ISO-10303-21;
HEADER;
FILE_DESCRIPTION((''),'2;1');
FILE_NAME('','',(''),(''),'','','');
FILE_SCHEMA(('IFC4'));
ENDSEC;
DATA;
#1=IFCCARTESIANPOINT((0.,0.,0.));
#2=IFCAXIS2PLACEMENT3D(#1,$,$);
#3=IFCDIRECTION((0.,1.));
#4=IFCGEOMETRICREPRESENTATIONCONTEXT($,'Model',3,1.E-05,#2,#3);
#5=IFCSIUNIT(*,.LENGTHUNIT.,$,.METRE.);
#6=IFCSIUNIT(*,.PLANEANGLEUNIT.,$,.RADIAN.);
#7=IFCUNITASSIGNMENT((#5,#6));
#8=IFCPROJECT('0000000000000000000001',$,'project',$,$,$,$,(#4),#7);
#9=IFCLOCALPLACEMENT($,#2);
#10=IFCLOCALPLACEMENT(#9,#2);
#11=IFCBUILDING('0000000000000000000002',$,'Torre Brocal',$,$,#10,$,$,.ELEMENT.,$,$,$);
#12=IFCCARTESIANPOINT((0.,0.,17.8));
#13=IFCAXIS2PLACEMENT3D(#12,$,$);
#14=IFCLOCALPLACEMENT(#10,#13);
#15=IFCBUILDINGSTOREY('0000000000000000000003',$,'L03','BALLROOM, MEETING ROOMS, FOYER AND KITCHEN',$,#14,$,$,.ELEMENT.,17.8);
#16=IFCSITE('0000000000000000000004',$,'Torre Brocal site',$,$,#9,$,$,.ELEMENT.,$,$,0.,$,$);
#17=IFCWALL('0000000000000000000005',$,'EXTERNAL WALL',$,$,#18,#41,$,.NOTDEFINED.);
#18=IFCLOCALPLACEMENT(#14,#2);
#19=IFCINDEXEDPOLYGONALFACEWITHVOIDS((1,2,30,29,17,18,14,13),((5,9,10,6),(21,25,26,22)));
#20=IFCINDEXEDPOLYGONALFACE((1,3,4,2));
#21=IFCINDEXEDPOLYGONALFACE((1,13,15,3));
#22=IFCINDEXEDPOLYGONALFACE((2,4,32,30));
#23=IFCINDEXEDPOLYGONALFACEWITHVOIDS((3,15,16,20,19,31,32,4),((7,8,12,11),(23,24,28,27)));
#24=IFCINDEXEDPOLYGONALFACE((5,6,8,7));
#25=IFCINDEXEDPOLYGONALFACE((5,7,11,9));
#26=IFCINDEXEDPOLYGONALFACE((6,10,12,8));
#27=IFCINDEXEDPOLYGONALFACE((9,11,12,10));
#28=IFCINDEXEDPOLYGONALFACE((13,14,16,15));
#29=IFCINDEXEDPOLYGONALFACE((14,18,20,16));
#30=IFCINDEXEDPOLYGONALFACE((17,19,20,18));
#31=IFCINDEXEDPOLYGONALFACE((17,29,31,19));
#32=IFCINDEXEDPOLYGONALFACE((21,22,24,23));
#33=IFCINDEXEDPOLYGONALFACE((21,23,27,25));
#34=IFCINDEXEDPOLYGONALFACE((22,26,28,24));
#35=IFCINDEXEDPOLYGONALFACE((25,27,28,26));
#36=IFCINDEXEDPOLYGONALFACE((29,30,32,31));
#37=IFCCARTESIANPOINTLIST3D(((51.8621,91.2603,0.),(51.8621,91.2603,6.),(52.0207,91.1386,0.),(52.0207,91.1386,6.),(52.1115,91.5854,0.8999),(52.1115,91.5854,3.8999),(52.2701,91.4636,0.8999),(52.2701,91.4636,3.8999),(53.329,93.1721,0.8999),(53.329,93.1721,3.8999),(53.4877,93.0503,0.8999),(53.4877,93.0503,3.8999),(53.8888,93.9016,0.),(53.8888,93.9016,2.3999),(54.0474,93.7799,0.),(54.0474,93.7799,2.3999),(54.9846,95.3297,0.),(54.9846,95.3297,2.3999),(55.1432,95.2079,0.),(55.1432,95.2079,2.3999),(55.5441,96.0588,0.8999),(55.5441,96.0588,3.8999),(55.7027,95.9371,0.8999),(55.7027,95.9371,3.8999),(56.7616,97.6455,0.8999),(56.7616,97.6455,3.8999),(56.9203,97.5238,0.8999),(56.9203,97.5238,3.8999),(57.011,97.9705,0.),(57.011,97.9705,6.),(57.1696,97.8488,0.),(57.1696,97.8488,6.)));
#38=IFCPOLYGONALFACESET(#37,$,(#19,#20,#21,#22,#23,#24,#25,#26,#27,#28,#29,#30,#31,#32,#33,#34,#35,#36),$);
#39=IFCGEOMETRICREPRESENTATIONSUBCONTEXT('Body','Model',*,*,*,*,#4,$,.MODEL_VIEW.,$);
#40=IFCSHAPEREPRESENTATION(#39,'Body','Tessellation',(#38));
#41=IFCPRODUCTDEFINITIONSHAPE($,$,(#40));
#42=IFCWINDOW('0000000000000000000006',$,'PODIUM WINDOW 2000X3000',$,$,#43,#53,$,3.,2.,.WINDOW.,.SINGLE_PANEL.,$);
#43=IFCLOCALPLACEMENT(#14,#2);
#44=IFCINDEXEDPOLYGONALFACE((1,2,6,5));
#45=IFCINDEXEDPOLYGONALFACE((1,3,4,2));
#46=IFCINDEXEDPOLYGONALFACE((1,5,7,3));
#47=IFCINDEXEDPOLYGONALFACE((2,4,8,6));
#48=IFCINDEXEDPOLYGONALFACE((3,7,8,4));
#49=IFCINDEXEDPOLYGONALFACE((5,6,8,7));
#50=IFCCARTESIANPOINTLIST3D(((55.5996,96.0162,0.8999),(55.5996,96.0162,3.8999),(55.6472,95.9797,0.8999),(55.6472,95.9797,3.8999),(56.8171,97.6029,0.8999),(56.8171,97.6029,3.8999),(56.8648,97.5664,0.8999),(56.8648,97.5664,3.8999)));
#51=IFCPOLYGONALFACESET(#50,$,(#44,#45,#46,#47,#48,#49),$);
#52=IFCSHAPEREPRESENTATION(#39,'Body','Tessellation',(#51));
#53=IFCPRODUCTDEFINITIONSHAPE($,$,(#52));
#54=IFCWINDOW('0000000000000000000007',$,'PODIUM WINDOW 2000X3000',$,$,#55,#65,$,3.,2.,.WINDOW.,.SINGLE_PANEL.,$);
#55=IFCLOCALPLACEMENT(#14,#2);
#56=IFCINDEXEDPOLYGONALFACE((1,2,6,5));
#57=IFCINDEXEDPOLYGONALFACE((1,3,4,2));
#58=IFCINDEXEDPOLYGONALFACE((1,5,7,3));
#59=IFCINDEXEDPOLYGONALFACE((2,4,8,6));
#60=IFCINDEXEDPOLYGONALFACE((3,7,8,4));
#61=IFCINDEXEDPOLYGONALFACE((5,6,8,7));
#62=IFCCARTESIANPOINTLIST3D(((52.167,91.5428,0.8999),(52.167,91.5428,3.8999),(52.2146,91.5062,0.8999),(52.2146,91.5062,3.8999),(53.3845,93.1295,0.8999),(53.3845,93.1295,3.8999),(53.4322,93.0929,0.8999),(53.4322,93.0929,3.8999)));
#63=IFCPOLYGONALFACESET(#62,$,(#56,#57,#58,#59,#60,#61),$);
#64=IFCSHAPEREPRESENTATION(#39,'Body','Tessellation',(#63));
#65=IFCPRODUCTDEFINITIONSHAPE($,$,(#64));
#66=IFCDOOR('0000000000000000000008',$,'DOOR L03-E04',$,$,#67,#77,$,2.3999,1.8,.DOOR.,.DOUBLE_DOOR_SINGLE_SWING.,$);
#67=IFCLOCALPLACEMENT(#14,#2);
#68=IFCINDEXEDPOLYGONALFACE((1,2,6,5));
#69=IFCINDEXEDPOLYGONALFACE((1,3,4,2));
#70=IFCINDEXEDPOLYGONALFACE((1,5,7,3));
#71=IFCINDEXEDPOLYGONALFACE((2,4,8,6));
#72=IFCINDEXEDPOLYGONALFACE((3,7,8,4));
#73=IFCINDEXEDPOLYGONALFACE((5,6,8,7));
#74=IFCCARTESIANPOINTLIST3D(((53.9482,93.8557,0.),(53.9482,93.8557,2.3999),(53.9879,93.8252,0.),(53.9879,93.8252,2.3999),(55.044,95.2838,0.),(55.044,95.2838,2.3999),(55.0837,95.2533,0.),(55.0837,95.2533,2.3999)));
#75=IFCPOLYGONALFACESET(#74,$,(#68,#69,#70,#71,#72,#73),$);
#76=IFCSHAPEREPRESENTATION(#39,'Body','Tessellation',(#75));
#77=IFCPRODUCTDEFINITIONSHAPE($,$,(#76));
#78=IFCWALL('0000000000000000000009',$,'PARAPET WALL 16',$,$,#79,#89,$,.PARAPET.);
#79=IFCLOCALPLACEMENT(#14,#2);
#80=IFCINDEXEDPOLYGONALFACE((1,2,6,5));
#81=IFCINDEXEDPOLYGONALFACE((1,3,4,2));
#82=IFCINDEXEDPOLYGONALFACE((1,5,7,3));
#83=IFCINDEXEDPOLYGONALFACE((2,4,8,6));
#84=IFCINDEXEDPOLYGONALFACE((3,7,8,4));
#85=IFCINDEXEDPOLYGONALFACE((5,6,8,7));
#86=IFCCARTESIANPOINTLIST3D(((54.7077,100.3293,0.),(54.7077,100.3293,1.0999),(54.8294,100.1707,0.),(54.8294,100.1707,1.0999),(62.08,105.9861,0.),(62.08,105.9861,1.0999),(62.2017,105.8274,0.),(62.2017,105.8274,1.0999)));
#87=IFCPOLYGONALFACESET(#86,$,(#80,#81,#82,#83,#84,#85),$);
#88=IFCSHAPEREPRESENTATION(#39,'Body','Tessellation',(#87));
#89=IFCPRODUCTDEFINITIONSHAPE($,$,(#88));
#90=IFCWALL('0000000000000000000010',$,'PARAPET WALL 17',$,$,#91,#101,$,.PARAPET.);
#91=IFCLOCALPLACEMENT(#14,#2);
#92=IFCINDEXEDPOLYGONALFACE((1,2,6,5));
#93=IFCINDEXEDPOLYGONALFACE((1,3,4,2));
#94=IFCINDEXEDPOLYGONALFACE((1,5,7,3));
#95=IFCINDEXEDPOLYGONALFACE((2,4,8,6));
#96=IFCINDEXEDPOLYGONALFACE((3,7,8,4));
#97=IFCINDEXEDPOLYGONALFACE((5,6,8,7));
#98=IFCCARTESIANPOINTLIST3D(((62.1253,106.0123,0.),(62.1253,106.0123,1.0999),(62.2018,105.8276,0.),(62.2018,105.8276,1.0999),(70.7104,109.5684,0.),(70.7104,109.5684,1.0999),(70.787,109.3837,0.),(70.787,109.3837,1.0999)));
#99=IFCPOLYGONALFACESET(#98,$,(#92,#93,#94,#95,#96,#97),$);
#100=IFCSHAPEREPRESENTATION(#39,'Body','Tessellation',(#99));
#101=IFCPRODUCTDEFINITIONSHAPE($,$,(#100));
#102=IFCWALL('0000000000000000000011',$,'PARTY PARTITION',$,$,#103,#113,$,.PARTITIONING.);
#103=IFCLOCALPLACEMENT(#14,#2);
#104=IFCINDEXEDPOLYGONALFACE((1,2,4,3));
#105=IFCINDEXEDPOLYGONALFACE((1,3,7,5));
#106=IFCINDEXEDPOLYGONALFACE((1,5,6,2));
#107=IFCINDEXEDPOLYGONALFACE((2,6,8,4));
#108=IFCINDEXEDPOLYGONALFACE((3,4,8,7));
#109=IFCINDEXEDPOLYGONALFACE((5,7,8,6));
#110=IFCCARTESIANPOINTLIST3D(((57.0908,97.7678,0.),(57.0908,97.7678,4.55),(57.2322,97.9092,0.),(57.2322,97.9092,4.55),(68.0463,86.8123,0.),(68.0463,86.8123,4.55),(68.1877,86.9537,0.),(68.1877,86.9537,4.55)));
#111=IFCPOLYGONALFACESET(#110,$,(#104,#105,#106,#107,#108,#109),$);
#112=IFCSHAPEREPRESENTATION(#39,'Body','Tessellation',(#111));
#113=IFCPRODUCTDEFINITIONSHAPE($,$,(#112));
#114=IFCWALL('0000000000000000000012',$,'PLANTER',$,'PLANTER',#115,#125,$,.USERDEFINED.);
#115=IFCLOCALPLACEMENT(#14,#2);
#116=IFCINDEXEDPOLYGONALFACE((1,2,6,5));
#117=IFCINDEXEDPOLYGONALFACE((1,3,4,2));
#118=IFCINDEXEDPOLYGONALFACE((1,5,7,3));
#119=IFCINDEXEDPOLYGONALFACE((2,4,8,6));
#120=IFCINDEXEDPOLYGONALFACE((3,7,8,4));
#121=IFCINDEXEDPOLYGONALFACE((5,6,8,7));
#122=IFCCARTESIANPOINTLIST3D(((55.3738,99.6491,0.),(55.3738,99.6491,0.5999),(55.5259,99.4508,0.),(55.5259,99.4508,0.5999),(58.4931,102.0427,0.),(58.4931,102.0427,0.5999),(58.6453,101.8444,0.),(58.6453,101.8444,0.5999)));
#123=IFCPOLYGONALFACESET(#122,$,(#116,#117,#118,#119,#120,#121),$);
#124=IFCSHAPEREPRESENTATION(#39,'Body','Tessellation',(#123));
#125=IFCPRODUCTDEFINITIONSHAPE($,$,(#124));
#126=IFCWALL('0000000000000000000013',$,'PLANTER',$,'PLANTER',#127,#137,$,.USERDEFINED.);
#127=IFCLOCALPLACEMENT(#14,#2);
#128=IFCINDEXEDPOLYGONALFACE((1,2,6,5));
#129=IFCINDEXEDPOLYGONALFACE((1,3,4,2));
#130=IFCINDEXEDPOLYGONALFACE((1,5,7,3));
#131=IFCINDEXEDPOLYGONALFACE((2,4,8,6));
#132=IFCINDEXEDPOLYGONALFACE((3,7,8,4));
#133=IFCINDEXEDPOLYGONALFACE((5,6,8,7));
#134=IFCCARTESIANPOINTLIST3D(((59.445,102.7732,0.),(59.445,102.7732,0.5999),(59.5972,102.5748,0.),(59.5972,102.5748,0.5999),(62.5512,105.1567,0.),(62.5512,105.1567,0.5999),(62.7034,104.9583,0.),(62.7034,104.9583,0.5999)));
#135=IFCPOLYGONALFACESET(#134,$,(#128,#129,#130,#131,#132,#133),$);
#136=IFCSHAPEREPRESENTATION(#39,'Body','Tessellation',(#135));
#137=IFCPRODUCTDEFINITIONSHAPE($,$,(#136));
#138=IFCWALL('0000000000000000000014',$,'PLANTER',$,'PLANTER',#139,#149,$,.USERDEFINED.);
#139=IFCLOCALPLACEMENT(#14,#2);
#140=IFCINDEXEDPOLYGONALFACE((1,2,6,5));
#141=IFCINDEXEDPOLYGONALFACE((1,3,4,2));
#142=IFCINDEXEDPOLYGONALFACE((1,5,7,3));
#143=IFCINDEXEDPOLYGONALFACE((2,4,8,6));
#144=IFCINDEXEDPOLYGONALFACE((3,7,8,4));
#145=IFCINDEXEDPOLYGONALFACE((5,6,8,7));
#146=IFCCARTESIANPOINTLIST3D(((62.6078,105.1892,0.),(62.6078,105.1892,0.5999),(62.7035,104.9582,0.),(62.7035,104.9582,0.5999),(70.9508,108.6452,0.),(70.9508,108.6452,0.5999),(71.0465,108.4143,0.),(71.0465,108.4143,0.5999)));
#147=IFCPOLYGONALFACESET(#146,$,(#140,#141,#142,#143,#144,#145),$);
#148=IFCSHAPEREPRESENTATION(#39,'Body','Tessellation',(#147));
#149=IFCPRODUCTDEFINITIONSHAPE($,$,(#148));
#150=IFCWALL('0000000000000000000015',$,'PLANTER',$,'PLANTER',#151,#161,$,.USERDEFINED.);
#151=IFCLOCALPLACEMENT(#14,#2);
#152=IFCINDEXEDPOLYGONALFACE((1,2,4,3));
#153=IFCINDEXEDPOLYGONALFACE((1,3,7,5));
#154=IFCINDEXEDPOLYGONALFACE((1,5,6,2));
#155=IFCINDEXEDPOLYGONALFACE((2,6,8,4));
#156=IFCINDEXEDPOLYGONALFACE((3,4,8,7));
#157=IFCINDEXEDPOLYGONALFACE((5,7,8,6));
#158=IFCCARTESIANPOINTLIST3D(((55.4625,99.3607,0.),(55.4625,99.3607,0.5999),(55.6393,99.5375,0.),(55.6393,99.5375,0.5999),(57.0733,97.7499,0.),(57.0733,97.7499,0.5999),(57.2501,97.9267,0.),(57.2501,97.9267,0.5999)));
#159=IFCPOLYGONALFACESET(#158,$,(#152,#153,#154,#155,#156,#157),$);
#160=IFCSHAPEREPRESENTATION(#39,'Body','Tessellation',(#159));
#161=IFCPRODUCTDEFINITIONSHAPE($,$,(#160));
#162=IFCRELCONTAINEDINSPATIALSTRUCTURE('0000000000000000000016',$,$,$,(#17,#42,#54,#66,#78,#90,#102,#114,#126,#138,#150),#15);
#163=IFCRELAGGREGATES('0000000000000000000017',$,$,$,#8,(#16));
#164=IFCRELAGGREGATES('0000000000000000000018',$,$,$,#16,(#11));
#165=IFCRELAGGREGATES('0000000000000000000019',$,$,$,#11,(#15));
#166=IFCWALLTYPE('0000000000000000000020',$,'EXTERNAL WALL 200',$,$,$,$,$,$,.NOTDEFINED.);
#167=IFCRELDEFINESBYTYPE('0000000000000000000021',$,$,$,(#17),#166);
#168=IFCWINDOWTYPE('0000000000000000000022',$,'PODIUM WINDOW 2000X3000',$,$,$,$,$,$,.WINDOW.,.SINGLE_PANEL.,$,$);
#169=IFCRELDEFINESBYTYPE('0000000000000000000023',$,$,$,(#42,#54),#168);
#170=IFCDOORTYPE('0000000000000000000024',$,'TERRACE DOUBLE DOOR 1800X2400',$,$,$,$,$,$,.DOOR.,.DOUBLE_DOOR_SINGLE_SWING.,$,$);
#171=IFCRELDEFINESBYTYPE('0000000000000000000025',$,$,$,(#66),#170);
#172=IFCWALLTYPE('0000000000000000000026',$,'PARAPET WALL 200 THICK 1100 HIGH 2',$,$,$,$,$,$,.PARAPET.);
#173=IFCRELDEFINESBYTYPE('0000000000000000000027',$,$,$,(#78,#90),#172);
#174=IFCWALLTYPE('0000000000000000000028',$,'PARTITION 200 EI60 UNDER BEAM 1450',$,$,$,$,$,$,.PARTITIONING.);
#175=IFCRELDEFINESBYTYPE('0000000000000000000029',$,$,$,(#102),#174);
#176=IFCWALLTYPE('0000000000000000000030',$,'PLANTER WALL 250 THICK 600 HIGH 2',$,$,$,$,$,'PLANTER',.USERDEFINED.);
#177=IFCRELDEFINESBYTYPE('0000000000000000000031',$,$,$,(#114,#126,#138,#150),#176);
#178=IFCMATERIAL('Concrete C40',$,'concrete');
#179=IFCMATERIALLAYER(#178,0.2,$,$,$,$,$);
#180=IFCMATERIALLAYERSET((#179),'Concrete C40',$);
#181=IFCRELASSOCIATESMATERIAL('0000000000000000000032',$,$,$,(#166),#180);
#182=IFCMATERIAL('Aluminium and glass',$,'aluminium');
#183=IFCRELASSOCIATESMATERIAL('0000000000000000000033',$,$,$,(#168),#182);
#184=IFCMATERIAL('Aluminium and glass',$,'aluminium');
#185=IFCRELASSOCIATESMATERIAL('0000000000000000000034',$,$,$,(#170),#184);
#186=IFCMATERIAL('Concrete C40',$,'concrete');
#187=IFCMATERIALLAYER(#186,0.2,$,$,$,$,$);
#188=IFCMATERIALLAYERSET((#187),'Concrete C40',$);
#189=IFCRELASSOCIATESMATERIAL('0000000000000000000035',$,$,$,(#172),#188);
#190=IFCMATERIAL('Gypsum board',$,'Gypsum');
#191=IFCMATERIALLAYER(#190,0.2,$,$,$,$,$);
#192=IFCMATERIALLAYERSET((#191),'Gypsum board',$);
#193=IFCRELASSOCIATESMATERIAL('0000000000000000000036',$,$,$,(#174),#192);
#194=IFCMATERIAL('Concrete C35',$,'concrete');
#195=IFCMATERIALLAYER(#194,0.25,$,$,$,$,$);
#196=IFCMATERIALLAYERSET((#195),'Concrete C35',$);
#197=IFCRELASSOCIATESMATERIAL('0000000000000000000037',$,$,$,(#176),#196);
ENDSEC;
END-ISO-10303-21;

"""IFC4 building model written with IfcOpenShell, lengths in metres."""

from ifc_helpers import new_model, si_unit, direction, frame, frame_2d, origin, place, context, subcontext, project, spatial, rectangle, extrude, material, layer, layer_set, type_object, element, fill, save


model = new_model("IFC4")

# Units and contexts
model_context = context("Model", 3, precision=1e-05, world=origin(), true_north=direction((0.0, 1.0)))
body_context = subcontext(model_context, "Body", "Model", "MODEL_VIEW")
ifc_project = project(units=[si_unit("LENGTHUNIT", "METRE"), si_unit("PLANEANGLEUNIT", "RADIAN")], contexts=[model_context])

# Site, building, storey
site_placement = place(None, origin())
site = spatial("IfcSite", under=ifc_project, at=site_placement, Name="Torre Brocal site", CompositionType="ELEMENT", RefElevation=0.0)
building_placement = place(site_placement, origin())
building = spatial("IfcBuilding", under=site, at=building_placement, Name="Torre Brocal", CompositionType="ELEMENT")
storey_placement = place(building_placement, frame((0.0, 0.0, 17.8)))
storey = spatial("IfcBuildingStorey", under=building, at=storey_placement, Name="L03", Description="BALLROOM, MEETING ROOMS, FOYER AND KITCHEN", CompositionType="ELEMENT", Elevation=17.8)

# Wall, openings, windows, door
ifc_material_1 = material(Name="Concrete C40", Category="concrete")
ifc_layer_1 = layer(ifc_material_1, 0.2)
ifc_layer_set_1 = layer_set([ifc_layer_1], Name="Concrete C40")
wall_type_1 = type_object("IfcWallType", Name="EXTERNAL WALL 200", PredefinedType="NOTDEFINED", material=ifc_layer_set_1)
wall_1_placement = place(storey_placement, frame((57.0903, 97.9097, 0.0), z_axis=(0.0, 0.0, 1.0), x_axis=(-0.608762, -0.793353, 0.0)))
wall_1 = element("IfcWall", 1, at=wall_1_placement, inside=storey, type_object=wall_type_1, Name="EXTERNAL WALL", PredefinedType="NOTDEFINED", context=body_context, shape_type="SweptSolid", body=[
    extrude(rectangle(XDim=8.458, YDim=0.2, at=frame_2d((4.229, 0.0))), origin(), (0.0, 0.0, 1.0), 6.0),
])
opening_1_placement = place(wall_1_placement, frame((0.4097, 0.0, 0.8999)))
opening_1 = element("IfcOpeningElement", 2, at=opening_1_placement, cuts=wall_1, PredefinedType="OPENING", context=body_context, shape_type="SweptSolid", body=[
    extrude(rectangle(XDim=2.0, YDim=3.0, at=frame_2d((1.0, 1.5))), frame((0.0, 0.1099, 0.0), z_axis=(0.0, -1.0, 0.0), x_axis=(1.0, 0.0, 0.0)), (0.0, 0.0, 1.0), 0.22),
])
opening_2_placement = place(wall_1_placement, frame((3.3289, 0.0, 0.0)))
opening_2 = element("IfcOpeningElement", 3, at=opening_2_placement, cuts=wall_1, PredefinedType="OPENING", context=body_context, shape_type="SweptSolid", body=[
    extrude(rectangle(XDim=1.8, YDim=2.3999, at=frame_2d((0.8999, 1.2))), frame((0.0, 0.1099, 0.0), z_axis=(0.0, -1.0, 0.0), x_axis=(1.0, 0.0, 0.0)), (0.0, 0.0, 1.0), 0.22),
])
opening_3_placement = place(wall_1_placement, frame((6.0483, 0.0, 0.8999)))
opening_3 = element("IfcOpeningElement", 4, at=opening_3_placement, cuts=wall_1, PredefinedType="OPENING", context=body_context, shape_type="SweptSolid", body=[
    extrude(rectangle(XDim=2.0, YDim=3.0, at=frame_2d((1.0, 1.5))), frame((0.0, 0.1099, 0.0), z_axis=(0.0, -1.0, 0.0), x_axis=(1.0, 0.0, 0.0)), (0.0, 0.0, 1.0), 0.22),
])
ifc_material_2 = material(Name="Aluminium and glass", Category="aluminium")
window_type = type_object("IfcWindowType", Name="PODIUM WINDOW 2000X3000", PartitioningType="SINGLE_PANEL", PredefinedType="WINDOW", material=ifc_material_2)
window_1_placement = place(opening_1_placement, origin())
window_1 = element("IfcWindow", 5, at=window_1_placement, inside=storey, type_object=window_type, Name="PODIUM WINDOW 2000X3000", OverallHeight=3.0, OverallWidth=2.0, PartitioningType="SINGLE_PANEL", PredefinedType="WINDOW", context=body_context, shape_type="SweptSolid", body=[
    extrude(rectangle(XDim=2.0, YDim=3.0, at=frame_2d((1.0, 1.5))), frame((0.0, 0.03, 0.0), z_axis=(0.0, -1.0, 0.0), x_axis=(1.0, 0.0, 0.0)), (0.0, 0.0, 1.0), 0.0601),
])
fill(opening_1, window_1)
window_2_placement = place(opening_3_placement, origin())
window_2 = element("IfcWindow", 6, at=window_2_placement, inside=storey, type_object=window_type, Name="PODIUM WINDOW 2000X3000", OverallHeight=3.0, OverallWidth=2.0, PartitioningType="SINGLE_PANEL", PredefinedType="WINDOW", context=body_context, shape_type="SweptSolid", body=[
    extrude(rectangle(XDim=2.0, YDim=3.0, at=frame_2d((1.0, 1.5))), frame((0.0, 0.03, 0.0), z_axis=(0.0, -1.0, 0.0), x_axis=(1.0, 0.0, 0.0)), (0.0, 0.0, 1.0), 0.0601),
])
fill(opening_3, window_2)
ifc_material_3 = material(Name="Aluminium and glass", Category="aluminium")
door_type = type_object("IfcDoorType", Name="TERRACE DOUBLE DOOR 1800X2400", OperationType="DOUBLE_DOOR_SINGLE_SWING", PredefinedType="DOOR", material=ifc_material_3)
door_placement = place(opening_2_placement, frame((1.8, 0.0, 0.0), z_axis=(0.0, 0.0, 1.0), x_axis=(-1.0, 0.0, 0.0)))
door = element("IfcDoor", 7, at=door_placement, inside=storey, type_object=door_type, Name="DOOR L03-E04", OperationType="DOUBLE_DOOR_SINGLE_SWING", OverallHeight=2.3999, OverallWidth=1.8, PredefinedType="DOOR", context=body_context, shape_type="SweptSolid", body=[
    extrude(rectangle(XDim=1.8, YDim=2.3999, at=frame_2d((0.8999, 1.2))), frame((0.0, 0.0249, 0.0), z_axis=(0.0, -1.0, 0.0), x_axis=(1.0, 0.0, 0.0)), (0.0, 0.0, 1.0), 0.05),
])
fill(opening_2, door)

# Walls
ifc_material_4 = material(Name="Concrete C40", Category="concrete")
ifc_layer_2 = layer(ifc_material_4, 0.2)
ifc_layer_set_2 = layer_set([ifc_layer_2], Name="Concrete C40")
wall_type_2 = type_object("IfcWallType", Name="PARAPET WALL 200 THICK 1100 HIGH 2", PredefinedType="PARAPET", material=ifc_layer_set_2)
for number, where, z_axis, x_axis, name in (
    (8, (54.7686, 100.25, 0.0), (0.0, 0.0, 1.0), (0.793366, 0.608745, 0.0), "PARAPET WALL 16"),
    (9, (62.1636, 105.9199, 0.0), (0.0, 0.0, 1.0), (0.923878, 0.382687, 0.0), "PARAPET WALL 17"),
):
    element("IfcWall", number, at=place(storey_placement, frame(where, z_axis=z_axis, x_axis=x_axis)), inside=storey, type_object=wall_type_2, Name=name, PredefinedType="PARAPET", context=body_context, shape_type="SweptSolid", body=[
        extrude(rectangle(XDim=9.2925, YDim=0.2, at=frame_2d((4.6462, 0.0))), origin(), (0.0, 0.0, 1.0), 1.0999),
    ])
ifc_material_5 = material(Name="Gypsum board", Category="Gypsum")
ifc_layer_3 = layer(ifc_material_5, 0.2)
ifc_layer_set_3 = layer_set([ifc_layer_3], Name="Gypsum board")
wall_type_3 = type_object("IfcWallType", Name="PARTITION 200 EI60 UNDER BEAM 1450", PredefinedType="PARTITIONING", material=ifc_layer_set_3)
wall_2_placement = place(storey_placement, frame((57.1616, 97.8384, 0.0), z_axis=(0.0, 0.0, 1.0), x_axis=(0.707107, -0.707107, 0.0)))
element("IfcWall", 10, at=wall_2_placement, inside=storey, type_object=wall_type_3, Name="PARTY PARTITION", PredefinedType="PARTITIONING", context=body_context, shape_type="SweptSolid", body=[
    extrude(rectangle(XDim=15.4934, YDim=0.2, at=frame_2d((7.7466, 0.0))), origin(), (0.0, 0.0, 1.0), 4.55),
])
ifc_material_6 = material(Name="Concrete C35", Category="concrete")
ifc_layer_4 = layer(ifc_material_6, 0.25)
ifc_layer_set_4 = layer_set([ifc_layer_4], Name="Concrete C35")
wall_type_4 = type_object("IfcWallType", Name="PLANTER WALL 250 THICK 600 HIGH 2", ElementType="PLANTER", PredefinedType="USERDEFINED", material=ifc_layer_set_4)
wall_3_placement = place(storey_placement, frame((55.45, 99.55, 0.0), z_axis=(0.0, 0.0, 1.0), x_axis=(0.793357, 0.608756, 0.0)))
element("IfcWall", 11, at=wall_3_placement, inside=storey, type_object=wall_type_4, Name="PLANTER", ObjectType="PLANTER", PredefinedType="USERDEFINED", context=body_context, shape_type="SweptSolid", body=[
    extrude(rectangle(XDim=3.9319, YDim=0.25, at=frame_2d((1.9658, 0.0))), origin(), (0.0, 0.0, 1.0), 0.5999),
])
wall_4_placement = place(storey_placement, frame((59.5212, 102.6741, 0.0), z_axis=(0.0, 0.0, 1.0), x_axis=(0.793344, 0.608773, 0.0)))
element("IfcWall", 12, at=wall_4_placement, inside=storey, type_object=wall_type_4, Name="PLANTER", ObjectType="PLANTER", PredefinedType="USERDEFINED", context=body_context, shape_type="SweptSolid", body=[
    extrude(rectangle(XDim=3.9153, YDim=0.25, at=frame_2d((1.9575, 0.0))), origin(), (0.0, 0.0, 1.0), 0.5999),
])
wall_5_placement = place(storey_placement, frame((62.6558, 105.0737, 0.0), z_axis=(0.0, 0.0, 1.0), x_axis=(0.923869, 0.382708, 0.0)))
element("IfcWall", 13, at=wall_5_placement, inside=storey, type_object=wall_type_4, Name="PLANTER", ObjectType="PLANTER", PredefinedType="USERDEFINED", context=body_context, shape_type="SweptSolid", body=[
    extrude(rectangle(XDim=9.0305, YDim=0.25, at=frame_2d((4.5151, 0.0))), origin(), (0.0, 0.0, 1.0), 0.5999),
])
wall_6_placement = place(storey_placement, frame((55.5508, 99.4492, 0.0), z_axis=(0.0, 0.0, 1.0), x_axis=(0.707107, -0.707107, 0.0)))
element("IfcWall", 14, at=wall_6_placement, inside=storey, type_object=wall_type_4, Name="PLANTER", ObjectType="PLANTER", PredefinedType="USERDEFINED", context=body_context, shape_type="SweptSolid", body=[
    extrude(rectangle(XDim=2.2781, YDim=0.25, at=frame_2d((1.1392, 0.0))), origin(), (0.0, 0.0, 1.0), 0.5999),
])

save(model, "model.ifc")
